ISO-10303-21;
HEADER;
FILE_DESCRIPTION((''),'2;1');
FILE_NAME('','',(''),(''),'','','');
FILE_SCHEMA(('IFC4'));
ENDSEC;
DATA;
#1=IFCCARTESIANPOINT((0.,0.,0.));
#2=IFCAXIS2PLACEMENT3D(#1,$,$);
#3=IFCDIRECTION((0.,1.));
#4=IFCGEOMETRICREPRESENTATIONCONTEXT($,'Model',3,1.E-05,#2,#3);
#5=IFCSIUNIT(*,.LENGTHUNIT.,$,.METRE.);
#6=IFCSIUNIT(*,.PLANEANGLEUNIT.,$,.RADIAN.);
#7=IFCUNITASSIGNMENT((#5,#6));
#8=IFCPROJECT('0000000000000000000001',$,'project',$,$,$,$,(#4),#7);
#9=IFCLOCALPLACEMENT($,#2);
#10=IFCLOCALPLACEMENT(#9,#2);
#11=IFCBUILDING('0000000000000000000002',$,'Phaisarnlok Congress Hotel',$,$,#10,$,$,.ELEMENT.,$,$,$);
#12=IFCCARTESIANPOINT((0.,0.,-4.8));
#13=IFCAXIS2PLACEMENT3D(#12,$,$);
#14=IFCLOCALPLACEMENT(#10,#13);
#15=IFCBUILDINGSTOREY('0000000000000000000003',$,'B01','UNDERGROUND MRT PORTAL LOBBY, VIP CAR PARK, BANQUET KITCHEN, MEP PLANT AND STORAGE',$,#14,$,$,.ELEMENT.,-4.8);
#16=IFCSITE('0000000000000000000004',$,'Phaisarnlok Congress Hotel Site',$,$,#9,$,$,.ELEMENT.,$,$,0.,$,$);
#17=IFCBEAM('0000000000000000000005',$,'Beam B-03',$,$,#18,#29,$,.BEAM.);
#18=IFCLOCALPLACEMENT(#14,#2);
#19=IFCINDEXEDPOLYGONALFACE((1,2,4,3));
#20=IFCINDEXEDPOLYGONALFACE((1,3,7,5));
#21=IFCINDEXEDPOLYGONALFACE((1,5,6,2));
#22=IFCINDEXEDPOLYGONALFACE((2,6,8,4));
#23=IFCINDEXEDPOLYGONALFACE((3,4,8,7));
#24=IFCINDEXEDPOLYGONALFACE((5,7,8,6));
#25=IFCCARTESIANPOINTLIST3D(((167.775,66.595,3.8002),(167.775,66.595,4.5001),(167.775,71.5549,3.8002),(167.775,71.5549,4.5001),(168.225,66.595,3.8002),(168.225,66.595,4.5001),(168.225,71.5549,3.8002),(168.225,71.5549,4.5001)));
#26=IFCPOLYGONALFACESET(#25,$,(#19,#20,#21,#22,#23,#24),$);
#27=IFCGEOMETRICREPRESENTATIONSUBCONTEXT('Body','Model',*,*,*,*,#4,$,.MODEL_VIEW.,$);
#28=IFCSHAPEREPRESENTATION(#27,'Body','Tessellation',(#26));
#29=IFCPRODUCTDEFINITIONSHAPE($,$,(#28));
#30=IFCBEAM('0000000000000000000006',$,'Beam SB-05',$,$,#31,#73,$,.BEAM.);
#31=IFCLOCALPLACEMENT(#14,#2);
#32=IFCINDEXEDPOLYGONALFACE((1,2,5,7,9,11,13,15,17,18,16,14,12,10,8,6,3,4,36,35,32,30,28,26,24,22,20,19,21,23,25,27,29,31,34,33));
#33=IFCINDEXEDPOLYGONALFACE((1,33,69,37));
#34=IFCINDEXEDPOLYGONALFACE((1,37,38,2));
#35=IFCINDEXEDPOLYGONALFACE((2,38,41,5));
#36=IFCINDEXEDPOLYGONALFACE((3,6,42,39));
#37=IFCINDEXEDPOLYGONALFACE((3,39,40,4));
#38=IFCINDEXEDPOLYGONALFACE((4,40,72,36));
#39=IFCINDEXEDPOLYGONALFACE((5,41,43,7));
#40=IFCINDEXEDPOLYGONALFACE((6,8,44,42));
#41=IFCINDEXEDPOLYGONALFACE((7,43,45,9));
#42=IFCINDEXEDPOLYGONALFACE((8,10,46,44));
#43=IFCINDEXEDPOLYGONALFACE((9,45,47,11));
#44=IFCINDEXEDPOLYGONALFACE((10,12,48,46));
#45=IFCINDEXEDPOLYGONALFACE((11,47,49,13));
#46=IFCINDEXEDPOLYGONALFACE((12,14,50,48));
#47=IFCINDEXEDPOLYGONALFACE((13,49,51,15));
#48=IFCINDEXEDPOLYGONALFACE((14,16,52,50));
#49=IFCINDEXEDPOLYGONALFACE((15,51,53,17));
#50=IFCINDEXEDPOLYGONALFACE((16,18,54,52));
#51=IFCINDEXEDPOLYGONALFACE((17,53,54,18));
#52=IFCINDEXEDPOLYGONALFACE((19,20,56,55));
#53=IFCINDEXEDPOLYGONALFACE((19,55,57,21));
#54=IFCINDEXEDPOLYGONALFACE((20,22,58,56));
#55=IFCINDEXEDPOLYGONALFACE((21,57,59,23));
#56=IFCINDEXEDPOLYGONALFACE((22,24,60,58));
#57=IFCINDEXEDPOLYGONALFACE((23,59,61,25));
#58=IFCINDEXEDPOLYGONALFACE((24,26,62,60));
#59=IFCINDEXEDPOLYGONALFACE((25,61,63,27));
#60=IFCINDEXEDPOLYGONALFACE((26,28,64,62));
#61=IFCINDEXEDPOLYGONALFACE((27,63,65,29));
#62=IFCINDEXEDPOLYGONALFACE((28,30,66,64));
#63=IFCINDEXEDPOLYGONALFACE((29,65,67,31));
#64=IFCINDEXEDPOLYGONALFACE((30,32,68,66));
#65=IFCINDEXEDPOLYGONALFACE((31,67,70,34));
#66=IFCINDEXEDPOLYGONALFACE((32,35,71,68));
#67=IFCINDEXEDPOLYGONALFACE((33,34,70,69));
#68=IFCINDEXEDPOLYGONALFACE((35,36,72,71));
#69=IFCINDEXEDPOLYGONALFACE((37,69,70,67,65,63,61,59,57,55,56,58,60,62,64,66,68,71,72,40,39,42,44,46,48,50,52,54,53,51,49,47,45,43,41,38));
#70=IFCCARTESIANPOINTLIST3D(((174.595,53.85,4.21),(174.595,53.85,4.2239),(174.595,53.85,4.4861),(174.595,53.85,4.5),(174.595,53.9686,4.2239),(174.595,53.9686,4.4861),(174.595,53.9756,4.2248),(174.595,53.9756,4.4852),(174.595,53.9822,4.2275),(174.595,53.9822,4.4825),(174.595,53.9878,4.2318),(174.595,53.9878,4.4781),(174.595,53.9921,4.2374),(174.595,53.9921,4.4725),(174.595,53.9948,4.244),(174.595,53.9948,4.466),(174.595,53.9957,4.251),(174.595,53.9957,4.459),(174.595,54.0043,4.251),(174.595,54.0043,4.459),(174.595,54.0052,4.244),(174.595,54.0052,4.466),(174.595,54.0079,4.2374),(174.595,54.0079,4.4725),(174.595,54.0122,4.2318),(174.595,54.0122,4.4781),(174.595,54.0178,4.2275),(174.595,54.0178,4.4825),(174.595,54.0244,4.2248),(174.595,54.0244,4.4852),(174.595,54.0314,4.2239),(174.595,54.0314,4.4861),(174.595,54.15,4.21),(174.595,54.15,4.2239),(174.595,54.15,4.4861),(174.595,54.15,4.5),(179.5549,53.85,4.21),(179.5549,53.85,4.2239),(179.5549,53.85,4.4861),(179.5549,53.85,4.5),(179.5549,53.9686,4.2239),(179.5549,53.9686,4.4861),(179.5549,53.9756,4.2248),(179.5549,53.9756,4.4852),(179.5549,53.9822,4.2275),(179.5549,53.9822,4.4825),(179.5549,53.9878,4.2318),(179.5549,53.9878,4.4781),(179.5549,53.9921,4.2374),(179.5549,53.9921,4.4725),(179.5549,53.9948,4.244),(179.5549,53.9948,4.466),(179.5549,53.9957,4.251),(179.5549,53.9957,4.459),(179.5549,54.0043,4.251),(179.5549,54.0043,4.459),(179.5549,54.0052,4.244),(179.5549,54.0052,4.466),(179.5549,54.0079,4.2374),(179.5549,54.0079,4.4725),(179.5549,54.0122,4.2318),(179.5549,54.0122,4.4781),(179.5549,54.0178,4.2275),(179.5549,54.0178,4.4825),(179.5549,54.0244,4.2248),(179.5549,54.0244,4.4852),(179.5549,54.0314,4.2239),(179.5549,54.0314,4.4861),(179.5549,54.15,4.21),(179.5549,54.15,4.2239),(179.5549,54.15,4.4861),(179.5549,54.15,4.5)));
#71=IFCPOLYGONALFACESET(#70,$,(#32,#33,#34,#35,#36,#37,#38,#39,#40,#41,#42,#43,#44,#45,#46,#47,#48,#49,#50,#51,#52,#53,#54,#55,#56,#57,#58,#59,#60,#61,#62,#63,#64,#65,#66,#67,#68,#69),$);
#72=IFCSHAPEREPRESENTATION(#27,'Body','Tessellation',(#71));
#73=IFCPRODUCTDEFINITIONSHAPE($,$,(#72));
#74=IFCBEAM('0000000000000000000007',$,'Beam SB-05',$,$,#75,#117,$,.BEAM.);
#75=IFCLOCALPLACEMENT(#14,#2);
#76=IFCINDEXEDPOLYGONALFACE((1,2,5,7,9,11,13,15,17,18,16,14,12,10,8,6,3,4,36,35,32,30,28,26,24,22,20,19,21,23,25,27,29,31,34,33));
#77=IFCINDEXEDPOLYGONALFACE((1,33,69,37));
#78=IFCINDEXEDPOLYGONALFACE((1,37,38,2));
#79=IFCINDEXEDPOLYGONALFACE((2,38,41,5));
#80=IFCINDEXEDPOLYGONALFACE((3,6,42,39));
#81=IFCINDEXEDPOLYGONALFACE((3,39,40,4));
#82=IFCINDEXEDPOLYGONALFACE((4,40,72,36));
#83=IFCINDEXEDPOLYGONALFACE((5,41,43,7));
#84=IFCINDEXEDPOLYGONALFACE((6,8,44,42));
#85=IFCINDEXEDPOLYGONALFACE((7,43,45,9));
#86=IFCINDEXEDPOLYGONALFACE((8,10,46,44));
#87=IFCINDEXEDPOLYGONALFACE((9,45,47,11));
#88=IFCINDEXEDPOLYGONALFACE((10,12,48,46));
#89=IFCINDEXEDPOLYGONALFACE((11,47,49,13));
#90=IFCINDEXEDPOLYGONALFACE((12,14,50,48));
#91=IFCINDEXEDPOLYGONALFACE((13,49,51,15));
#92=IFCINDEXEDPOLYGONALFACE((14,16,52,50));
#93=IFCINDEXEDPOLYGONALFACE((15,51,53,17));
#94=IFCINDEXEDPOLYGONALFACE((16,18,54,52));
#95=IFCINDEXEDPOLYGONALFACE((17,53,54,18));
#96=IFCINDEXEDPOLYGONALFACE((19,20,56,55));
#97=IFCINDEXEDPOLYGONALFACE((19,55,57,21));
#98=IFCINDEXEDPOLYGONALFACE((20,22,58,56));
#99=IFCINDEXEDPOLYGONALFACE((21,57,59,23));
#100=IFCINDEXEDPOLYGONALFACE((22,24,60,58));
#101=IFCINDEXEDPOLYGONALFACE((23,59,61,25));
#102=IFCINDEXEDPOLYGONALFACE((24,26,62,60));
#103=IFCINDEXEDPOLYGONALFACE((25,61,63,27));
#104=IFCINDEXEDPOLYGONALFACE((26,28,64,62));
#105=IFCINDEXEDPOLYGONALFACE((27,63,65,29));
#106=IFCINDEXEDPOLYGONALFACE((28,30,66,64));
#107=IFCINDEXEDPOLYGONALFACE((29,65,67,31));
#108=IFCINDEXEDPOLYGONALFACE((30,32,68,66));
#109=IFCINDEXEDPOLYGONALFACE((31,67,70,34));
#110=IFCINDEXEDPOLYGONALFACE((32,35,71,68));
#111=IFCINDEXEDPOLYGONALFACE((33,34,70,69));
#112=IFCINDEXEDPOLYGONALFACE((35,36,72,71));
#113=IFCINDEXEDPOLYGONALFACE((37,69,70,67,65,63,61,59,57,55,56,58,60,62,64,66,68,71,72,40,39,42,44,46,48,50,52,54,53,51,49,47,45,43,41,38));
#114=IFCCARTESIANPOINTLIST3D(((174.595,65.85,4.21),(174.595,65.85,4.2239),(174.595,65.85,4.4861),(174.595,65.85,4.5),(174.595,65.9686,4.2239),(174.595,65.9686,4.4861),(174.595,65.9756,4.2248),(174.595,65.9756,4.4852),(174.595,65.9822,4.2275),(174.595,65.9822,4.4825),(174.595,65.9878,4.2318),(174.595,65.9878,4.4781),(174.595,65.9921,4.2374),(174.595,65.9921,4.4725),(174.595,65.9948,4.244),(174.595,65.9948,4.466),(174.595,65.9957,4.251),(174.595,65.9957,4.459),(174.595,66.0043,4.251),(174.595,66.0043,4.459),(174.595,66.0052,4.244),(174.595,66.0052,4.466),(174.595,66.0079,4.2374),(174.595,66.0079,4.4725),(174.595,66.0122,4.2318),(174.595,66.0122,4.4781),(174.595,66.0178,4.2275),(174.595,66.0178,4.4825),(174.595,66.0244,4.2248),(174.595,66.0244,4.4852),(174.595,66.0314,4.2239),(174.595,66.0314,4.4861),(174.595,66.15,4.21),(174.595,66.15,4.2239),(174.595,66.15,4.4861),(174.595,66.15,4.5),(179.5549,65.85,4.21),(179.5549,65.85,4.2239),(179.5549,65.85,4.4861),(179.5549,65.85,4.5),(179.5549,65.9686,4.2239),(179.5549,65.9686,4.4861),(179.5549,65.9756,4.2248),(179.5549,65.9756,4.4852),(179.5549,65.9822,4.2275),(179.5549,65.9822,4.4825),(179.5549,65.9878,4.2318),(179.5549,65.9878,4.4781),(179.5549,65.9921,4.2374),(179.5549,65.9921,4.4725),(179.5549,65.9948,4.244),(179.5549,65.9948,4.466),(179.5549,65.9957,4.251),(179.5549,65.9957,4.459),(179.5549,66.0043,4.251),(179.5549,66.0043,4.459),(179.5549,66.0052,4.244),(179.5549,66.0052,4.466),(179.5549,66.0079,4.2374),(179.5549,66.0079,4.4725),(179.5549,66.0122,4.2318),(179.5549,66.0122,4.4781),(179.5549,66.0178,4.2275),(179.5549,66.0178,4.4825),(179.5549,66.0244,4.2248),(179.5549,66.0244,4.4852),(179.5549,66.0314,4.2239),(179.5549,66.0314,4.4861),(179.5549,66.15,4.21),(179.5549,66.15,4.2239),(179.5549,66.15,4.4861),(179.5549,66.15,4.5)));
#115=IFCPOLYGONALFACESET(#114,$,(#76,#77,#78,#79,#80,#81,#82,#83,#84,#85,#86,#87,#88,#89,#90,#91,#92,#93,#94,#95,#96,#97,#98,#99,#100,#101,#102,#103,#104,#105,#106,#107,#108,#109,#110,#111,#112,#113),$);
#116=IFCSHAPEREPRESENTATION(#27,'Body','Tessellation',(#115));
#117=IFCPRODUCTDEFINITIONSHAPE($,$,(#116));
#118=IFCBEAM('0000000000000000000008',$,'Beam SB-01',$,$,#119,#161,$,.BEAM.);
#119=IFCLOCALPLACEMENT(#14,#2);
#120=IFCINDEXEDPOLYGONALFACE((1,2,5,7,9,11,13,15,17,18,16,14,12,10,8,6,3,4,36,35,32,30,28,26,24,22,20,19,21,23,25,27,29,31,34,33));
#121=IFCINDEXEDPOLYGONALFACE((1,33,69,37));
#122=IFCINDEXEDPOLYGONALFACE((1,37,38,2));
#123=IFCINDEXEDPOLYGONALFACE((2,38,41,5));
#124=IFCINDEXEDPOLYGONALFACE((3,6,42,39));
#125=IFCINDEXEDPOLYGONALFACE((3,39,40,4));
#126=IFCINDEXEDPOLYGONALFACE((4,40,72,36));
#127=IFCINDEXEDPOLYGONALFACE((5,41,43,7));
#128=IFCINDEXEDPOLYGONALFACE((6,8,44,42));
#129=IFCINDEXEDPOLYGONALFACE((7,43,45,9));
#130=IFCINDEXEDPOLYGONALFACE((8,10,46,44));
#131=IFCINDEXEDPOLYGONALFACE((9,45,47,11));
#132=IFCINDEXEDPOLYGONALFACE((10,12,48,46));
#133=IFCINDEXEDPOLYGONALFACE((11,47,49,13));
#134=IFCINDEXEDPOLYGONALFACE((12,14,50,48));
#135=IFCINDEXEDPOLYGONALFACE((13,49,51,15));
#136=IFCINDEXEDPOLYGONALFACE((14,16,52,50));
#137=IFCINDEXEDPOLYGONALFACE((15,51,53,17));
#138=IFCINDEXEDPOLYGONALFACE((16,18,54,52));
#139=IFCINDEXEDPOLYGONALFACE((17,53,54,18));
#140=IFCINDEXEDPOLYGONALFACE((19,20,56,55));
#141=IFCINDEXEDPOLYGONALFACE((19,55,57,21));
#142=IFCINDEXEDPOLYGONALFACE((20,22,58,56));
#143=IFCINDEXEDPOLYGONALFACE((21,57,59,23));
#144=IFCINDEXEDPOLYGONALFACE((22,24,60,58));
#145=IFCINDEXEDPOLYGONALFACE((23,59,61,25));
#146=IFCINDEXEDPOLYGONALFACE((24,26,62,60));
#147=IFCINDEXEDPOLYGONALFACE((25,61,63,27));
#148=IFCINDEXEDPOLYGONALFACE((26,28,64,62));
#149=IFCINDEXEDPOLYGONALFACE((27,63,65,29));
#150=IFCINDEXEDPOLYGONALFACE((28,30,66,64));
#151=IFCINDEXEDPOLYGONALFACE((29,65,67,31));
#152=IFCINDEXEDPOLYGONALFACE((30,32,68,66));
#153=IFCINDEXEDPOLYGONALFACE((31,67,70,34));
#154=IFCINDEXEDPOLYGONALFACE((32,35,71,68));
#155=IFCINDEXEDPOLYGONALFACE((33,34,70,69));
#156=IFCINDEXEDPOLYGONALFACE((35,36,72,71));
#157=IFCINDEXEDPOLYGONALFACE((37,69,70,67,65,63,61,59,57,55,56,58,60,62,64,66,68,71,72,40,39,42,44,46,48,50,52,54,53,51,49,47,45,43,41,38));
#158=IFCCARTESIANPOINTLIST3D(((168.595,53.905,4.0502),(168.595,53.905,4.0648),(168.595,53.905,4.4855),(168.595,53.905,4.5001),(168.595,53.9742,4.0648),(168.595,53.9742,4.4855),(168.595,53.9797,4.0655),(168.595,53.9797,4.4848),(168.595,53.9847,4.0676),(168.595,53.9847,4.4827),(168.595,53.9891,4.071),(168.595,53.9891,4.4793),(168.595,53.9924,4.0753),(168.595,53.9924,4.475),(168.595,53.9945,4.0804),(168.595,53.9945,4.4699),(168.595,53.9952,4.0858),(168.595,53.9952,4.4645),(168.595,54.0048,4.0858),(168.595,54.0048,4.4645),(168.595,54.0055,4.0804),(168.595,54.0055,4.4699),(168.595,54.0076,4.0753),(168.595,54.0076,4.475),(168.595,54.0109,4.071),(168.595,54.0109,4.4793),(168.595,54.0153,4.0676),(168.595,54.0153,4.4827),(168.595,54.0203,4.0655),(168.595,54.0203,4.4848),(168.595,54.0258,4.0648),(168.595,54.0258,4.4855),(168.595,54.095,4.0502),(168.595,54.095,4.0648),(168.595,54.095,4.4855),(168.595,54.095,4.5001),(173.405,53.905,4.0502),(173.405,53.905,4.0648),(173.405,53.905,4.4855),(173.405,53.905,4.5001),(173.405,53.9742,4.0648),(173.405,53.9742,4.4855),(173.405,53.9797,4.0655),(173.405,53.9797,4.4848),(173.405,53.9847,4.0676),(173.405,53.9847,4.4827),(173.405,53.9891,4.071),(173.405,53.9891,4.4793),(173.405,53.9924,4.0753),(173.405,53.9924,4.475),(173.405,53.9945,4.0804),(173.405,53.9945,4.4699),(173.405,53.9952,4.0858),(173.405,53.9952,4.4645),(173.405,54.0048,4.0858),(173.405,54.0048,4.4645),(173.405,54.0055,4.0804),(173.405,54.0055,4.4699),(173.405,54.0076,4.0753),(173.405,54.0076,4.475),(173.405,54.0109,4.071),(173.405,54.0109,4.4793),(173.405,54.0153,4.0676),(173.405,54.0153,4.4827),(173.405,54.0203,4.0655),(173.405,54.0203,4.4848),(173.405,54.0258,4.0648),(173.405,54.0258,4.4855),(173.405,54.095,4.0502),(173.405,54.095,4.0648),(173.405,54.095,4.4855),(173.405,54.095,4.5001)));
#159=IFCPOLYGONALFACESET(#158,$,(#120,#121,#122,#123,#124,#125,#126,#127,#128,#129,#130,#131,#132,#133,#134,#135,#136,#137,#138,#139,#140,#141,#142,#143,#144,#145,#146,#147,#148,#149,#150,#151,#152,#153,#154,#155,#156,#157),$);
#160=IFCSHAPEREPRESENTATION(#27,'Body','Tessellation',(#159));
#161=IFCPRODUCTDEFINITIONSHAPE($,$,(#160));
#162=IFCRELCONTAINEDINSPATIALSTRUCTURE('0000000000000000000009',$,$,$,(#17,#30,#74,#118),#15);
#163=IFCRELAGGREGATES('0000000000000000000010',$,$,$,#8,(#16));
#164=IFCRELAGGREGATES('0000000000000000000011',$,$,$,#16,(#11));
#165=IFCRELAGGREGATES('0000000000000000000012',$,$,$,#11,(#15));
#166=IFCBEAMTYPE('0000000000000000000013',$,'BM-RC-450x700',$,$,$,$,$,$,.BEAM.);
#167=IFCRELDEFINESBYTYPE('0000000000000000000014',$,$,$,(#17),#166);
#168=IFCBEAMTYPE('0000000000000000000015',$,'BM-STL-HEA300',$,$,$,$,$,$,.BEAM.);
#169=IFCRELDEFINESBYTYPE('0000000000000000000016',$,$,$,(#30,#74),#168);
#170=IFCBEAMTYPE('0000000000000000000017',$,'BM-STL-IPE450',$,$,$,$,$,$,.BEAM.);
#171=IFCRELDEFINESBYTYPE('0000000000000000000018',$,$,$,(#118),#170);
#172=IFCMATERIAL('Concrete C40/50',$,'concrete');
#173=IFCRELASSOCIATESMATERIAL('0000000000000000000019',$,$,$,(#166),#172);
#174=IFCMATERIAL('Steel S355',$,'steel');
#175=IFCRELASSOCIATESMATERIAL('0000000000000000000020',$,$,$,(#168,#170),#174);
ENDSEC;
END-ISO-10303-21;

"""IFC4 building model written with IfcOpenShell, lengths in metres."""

from ifc_helpers import new_model, si_unit, direction, frame, origin, origin_2d, place, context, subcontext, project, spatial, rectangle, i_section, extrude, material, material_profile, profile_set, type_object, element, save


model = new_model("IFC4")

# Units and contexts
model_context = context("Model", 3, precision=1e-05, world=origin(), true_north=direction((0.0, 1.0)))
body_context = subcontext(model_context, "Body", "Model", "MODEL_VIEW")
ifc_project = project(units=[si_unit("LENGTHUNIT", "METRE"), si_unit("PLANEANGLEUNIT", "RADIAN")], contexts=[model_context])

# Site, building, storey
site_placement = place(None, origin())
site = spatial("IfcSite", under=ifc_project, at=site_placement, Name="Phaisarnlok Congress Hotel Site", CompositionType="ELEMENT", RefElevation=0.0)
building_placement = place(site_placement, origin())
building = spatial("IfcBuilding", under=site, at=building_placement, Name="Phaisarnlok Congress Hotel", CompositionType="ELEMENT")
storey_placement = place(building_placement, frame((0.0, 0.0, -4.8)))
storey = spatial("IfcBuildingStorey", under=building, at=storey_placement, Name="B01", Description="UNDERGROUND MRT PORTAL LOBBY, VIP CAR PARK, BANQUET KITCHEN, MEP PLANT AND STORAGE", CompositionType="ELEMENT", Elevation=-4.8)

# Shared definitions
ifc_material_1 = material(Name="Concrete C40/50", Category="concrete")

# Beams
ifc_material_profile_1 = material_profile(ifc_material_1, rectangle(XDim=0.45, YDim=0.7, at=origin_2d()), Name="RC 450x700")
ifc_profile_set_1 = profile_set([ifc_material_profile_1], Name="Concrete C40/50")
beam_type_1 = type_object("IfcBeamType", Name="BM-RC-450x700", PredefinedType="BEAM", material=ifc_profile_set_1)
beam_1_placement = place(storey_placement, frame((168.0, 66.595, 4.1501), z_axis=(0.0, 1.0, 0.0), x_axis=(-1.0, 0.0, 0.0)))
element("IfcBeam", 1, at=beam_1_placement, inside=storey, type_object=beam_type_1, Name="Beam B-03", PredefinedType="BEAM", context=body_context, shape_type="SweptSolid", body=[
    extrude(rectangle(XDim=0.45, YDim=0.7, at=origin_2d()), origin(), (0.0, 0.0, 1.0), 4.96),
])
ifc_material_2 = material(Name="Steel S355", Category="steel")
ifc_material_profile_2 = material_profile(ifc_material_2, i_section(OverallWidth=0.3, OverallDepth=0.29, WebThickness=0.0085, FlangeThickness=0.0139, FilletRadius=0.0271, at=origin_2d()), Name="HEA 300")
ifc_profile_set_2 = profile_set([ifc_material_profile_2], Name="Steel S355")
beam_type_2 = type_object("IfcBeamType", Name="BM-STL-HEA300", PredefinedType="BEAM", material=ifc_profile_set_2)
for number, where, z_axis, x_axis, name in (
    (2, (174.595, 54.0, 4.355), (1.0, 0.0, 0.0), (0.0, 1.0, 0.0), "Beam SB-05"),
    (3, (174.595, 66.0, 4.355), (1.0, 0.0, 0.0), (0.0, 1.0, 0.0), "Beam SB-05"),
):
    element("IfcBeam", number, at=place(storey_placement, frame(where, z_axis=z_axis, x_axis=x_axis)), inside=storey, type_object=beam_type_2, Name=name, PredefinedType="BEAM", context=body_context, shape_type="SweptSolid", body=[
        extrude(i_section(OverallWidth=0.3, OverallDepth=0.29, WebThickness=0.0085, FlangeThickness=0.0139, FilletRadius=0.0271, at=origin_2d()), origin(), (0.0, 0.0, 1.0), 4.96),
    ])
ifc_material_profile_3 = material_profile(ifc_material_2, i_section(OverallWidth=0.1899, OverallDepth=0.45, WebThickness=0.0095, FlangeThickness=0.0146, FilletRadius=0.021, at=origin_2d()), Name="IPE 450")
ifc_profile_set_3 = profile_set([ifc_material_profile_3], Name="Steel S355")
beam_type_3 = type_object("IfcBeamType", Name="BM-STL-IPE450", PredefinedType="BEAM", material=ifc_profile_set_3)
for number, where, z_axis, x_axis, name in (
    (4, (168.595, 54.0, 4.2751), (1.0, 0.0, 0.0), (0.0, 1.0, 0.0), "Beam SB-01"),
):
    element("IfcBeam", number, at=place(storey_placement, frame(where, z_axis=z_axis, x_axis=x_axis)), inside=storey, type_object=beam_type_3, Name=name, PredefinedType="BEAM", context=body_context, shape_type="SweptSolid", body=[
        extrude(i_section(OverallWidth=0.1899, OverallDepth=0.45, WebThickness=0.0095, FlangeThickness=0.0146, FilletRadius=0.021, at=origin_2d()), origin(), (0.0, 0.0, 1.0), 4.8101),
    ])

save(model, "model.ifc")
